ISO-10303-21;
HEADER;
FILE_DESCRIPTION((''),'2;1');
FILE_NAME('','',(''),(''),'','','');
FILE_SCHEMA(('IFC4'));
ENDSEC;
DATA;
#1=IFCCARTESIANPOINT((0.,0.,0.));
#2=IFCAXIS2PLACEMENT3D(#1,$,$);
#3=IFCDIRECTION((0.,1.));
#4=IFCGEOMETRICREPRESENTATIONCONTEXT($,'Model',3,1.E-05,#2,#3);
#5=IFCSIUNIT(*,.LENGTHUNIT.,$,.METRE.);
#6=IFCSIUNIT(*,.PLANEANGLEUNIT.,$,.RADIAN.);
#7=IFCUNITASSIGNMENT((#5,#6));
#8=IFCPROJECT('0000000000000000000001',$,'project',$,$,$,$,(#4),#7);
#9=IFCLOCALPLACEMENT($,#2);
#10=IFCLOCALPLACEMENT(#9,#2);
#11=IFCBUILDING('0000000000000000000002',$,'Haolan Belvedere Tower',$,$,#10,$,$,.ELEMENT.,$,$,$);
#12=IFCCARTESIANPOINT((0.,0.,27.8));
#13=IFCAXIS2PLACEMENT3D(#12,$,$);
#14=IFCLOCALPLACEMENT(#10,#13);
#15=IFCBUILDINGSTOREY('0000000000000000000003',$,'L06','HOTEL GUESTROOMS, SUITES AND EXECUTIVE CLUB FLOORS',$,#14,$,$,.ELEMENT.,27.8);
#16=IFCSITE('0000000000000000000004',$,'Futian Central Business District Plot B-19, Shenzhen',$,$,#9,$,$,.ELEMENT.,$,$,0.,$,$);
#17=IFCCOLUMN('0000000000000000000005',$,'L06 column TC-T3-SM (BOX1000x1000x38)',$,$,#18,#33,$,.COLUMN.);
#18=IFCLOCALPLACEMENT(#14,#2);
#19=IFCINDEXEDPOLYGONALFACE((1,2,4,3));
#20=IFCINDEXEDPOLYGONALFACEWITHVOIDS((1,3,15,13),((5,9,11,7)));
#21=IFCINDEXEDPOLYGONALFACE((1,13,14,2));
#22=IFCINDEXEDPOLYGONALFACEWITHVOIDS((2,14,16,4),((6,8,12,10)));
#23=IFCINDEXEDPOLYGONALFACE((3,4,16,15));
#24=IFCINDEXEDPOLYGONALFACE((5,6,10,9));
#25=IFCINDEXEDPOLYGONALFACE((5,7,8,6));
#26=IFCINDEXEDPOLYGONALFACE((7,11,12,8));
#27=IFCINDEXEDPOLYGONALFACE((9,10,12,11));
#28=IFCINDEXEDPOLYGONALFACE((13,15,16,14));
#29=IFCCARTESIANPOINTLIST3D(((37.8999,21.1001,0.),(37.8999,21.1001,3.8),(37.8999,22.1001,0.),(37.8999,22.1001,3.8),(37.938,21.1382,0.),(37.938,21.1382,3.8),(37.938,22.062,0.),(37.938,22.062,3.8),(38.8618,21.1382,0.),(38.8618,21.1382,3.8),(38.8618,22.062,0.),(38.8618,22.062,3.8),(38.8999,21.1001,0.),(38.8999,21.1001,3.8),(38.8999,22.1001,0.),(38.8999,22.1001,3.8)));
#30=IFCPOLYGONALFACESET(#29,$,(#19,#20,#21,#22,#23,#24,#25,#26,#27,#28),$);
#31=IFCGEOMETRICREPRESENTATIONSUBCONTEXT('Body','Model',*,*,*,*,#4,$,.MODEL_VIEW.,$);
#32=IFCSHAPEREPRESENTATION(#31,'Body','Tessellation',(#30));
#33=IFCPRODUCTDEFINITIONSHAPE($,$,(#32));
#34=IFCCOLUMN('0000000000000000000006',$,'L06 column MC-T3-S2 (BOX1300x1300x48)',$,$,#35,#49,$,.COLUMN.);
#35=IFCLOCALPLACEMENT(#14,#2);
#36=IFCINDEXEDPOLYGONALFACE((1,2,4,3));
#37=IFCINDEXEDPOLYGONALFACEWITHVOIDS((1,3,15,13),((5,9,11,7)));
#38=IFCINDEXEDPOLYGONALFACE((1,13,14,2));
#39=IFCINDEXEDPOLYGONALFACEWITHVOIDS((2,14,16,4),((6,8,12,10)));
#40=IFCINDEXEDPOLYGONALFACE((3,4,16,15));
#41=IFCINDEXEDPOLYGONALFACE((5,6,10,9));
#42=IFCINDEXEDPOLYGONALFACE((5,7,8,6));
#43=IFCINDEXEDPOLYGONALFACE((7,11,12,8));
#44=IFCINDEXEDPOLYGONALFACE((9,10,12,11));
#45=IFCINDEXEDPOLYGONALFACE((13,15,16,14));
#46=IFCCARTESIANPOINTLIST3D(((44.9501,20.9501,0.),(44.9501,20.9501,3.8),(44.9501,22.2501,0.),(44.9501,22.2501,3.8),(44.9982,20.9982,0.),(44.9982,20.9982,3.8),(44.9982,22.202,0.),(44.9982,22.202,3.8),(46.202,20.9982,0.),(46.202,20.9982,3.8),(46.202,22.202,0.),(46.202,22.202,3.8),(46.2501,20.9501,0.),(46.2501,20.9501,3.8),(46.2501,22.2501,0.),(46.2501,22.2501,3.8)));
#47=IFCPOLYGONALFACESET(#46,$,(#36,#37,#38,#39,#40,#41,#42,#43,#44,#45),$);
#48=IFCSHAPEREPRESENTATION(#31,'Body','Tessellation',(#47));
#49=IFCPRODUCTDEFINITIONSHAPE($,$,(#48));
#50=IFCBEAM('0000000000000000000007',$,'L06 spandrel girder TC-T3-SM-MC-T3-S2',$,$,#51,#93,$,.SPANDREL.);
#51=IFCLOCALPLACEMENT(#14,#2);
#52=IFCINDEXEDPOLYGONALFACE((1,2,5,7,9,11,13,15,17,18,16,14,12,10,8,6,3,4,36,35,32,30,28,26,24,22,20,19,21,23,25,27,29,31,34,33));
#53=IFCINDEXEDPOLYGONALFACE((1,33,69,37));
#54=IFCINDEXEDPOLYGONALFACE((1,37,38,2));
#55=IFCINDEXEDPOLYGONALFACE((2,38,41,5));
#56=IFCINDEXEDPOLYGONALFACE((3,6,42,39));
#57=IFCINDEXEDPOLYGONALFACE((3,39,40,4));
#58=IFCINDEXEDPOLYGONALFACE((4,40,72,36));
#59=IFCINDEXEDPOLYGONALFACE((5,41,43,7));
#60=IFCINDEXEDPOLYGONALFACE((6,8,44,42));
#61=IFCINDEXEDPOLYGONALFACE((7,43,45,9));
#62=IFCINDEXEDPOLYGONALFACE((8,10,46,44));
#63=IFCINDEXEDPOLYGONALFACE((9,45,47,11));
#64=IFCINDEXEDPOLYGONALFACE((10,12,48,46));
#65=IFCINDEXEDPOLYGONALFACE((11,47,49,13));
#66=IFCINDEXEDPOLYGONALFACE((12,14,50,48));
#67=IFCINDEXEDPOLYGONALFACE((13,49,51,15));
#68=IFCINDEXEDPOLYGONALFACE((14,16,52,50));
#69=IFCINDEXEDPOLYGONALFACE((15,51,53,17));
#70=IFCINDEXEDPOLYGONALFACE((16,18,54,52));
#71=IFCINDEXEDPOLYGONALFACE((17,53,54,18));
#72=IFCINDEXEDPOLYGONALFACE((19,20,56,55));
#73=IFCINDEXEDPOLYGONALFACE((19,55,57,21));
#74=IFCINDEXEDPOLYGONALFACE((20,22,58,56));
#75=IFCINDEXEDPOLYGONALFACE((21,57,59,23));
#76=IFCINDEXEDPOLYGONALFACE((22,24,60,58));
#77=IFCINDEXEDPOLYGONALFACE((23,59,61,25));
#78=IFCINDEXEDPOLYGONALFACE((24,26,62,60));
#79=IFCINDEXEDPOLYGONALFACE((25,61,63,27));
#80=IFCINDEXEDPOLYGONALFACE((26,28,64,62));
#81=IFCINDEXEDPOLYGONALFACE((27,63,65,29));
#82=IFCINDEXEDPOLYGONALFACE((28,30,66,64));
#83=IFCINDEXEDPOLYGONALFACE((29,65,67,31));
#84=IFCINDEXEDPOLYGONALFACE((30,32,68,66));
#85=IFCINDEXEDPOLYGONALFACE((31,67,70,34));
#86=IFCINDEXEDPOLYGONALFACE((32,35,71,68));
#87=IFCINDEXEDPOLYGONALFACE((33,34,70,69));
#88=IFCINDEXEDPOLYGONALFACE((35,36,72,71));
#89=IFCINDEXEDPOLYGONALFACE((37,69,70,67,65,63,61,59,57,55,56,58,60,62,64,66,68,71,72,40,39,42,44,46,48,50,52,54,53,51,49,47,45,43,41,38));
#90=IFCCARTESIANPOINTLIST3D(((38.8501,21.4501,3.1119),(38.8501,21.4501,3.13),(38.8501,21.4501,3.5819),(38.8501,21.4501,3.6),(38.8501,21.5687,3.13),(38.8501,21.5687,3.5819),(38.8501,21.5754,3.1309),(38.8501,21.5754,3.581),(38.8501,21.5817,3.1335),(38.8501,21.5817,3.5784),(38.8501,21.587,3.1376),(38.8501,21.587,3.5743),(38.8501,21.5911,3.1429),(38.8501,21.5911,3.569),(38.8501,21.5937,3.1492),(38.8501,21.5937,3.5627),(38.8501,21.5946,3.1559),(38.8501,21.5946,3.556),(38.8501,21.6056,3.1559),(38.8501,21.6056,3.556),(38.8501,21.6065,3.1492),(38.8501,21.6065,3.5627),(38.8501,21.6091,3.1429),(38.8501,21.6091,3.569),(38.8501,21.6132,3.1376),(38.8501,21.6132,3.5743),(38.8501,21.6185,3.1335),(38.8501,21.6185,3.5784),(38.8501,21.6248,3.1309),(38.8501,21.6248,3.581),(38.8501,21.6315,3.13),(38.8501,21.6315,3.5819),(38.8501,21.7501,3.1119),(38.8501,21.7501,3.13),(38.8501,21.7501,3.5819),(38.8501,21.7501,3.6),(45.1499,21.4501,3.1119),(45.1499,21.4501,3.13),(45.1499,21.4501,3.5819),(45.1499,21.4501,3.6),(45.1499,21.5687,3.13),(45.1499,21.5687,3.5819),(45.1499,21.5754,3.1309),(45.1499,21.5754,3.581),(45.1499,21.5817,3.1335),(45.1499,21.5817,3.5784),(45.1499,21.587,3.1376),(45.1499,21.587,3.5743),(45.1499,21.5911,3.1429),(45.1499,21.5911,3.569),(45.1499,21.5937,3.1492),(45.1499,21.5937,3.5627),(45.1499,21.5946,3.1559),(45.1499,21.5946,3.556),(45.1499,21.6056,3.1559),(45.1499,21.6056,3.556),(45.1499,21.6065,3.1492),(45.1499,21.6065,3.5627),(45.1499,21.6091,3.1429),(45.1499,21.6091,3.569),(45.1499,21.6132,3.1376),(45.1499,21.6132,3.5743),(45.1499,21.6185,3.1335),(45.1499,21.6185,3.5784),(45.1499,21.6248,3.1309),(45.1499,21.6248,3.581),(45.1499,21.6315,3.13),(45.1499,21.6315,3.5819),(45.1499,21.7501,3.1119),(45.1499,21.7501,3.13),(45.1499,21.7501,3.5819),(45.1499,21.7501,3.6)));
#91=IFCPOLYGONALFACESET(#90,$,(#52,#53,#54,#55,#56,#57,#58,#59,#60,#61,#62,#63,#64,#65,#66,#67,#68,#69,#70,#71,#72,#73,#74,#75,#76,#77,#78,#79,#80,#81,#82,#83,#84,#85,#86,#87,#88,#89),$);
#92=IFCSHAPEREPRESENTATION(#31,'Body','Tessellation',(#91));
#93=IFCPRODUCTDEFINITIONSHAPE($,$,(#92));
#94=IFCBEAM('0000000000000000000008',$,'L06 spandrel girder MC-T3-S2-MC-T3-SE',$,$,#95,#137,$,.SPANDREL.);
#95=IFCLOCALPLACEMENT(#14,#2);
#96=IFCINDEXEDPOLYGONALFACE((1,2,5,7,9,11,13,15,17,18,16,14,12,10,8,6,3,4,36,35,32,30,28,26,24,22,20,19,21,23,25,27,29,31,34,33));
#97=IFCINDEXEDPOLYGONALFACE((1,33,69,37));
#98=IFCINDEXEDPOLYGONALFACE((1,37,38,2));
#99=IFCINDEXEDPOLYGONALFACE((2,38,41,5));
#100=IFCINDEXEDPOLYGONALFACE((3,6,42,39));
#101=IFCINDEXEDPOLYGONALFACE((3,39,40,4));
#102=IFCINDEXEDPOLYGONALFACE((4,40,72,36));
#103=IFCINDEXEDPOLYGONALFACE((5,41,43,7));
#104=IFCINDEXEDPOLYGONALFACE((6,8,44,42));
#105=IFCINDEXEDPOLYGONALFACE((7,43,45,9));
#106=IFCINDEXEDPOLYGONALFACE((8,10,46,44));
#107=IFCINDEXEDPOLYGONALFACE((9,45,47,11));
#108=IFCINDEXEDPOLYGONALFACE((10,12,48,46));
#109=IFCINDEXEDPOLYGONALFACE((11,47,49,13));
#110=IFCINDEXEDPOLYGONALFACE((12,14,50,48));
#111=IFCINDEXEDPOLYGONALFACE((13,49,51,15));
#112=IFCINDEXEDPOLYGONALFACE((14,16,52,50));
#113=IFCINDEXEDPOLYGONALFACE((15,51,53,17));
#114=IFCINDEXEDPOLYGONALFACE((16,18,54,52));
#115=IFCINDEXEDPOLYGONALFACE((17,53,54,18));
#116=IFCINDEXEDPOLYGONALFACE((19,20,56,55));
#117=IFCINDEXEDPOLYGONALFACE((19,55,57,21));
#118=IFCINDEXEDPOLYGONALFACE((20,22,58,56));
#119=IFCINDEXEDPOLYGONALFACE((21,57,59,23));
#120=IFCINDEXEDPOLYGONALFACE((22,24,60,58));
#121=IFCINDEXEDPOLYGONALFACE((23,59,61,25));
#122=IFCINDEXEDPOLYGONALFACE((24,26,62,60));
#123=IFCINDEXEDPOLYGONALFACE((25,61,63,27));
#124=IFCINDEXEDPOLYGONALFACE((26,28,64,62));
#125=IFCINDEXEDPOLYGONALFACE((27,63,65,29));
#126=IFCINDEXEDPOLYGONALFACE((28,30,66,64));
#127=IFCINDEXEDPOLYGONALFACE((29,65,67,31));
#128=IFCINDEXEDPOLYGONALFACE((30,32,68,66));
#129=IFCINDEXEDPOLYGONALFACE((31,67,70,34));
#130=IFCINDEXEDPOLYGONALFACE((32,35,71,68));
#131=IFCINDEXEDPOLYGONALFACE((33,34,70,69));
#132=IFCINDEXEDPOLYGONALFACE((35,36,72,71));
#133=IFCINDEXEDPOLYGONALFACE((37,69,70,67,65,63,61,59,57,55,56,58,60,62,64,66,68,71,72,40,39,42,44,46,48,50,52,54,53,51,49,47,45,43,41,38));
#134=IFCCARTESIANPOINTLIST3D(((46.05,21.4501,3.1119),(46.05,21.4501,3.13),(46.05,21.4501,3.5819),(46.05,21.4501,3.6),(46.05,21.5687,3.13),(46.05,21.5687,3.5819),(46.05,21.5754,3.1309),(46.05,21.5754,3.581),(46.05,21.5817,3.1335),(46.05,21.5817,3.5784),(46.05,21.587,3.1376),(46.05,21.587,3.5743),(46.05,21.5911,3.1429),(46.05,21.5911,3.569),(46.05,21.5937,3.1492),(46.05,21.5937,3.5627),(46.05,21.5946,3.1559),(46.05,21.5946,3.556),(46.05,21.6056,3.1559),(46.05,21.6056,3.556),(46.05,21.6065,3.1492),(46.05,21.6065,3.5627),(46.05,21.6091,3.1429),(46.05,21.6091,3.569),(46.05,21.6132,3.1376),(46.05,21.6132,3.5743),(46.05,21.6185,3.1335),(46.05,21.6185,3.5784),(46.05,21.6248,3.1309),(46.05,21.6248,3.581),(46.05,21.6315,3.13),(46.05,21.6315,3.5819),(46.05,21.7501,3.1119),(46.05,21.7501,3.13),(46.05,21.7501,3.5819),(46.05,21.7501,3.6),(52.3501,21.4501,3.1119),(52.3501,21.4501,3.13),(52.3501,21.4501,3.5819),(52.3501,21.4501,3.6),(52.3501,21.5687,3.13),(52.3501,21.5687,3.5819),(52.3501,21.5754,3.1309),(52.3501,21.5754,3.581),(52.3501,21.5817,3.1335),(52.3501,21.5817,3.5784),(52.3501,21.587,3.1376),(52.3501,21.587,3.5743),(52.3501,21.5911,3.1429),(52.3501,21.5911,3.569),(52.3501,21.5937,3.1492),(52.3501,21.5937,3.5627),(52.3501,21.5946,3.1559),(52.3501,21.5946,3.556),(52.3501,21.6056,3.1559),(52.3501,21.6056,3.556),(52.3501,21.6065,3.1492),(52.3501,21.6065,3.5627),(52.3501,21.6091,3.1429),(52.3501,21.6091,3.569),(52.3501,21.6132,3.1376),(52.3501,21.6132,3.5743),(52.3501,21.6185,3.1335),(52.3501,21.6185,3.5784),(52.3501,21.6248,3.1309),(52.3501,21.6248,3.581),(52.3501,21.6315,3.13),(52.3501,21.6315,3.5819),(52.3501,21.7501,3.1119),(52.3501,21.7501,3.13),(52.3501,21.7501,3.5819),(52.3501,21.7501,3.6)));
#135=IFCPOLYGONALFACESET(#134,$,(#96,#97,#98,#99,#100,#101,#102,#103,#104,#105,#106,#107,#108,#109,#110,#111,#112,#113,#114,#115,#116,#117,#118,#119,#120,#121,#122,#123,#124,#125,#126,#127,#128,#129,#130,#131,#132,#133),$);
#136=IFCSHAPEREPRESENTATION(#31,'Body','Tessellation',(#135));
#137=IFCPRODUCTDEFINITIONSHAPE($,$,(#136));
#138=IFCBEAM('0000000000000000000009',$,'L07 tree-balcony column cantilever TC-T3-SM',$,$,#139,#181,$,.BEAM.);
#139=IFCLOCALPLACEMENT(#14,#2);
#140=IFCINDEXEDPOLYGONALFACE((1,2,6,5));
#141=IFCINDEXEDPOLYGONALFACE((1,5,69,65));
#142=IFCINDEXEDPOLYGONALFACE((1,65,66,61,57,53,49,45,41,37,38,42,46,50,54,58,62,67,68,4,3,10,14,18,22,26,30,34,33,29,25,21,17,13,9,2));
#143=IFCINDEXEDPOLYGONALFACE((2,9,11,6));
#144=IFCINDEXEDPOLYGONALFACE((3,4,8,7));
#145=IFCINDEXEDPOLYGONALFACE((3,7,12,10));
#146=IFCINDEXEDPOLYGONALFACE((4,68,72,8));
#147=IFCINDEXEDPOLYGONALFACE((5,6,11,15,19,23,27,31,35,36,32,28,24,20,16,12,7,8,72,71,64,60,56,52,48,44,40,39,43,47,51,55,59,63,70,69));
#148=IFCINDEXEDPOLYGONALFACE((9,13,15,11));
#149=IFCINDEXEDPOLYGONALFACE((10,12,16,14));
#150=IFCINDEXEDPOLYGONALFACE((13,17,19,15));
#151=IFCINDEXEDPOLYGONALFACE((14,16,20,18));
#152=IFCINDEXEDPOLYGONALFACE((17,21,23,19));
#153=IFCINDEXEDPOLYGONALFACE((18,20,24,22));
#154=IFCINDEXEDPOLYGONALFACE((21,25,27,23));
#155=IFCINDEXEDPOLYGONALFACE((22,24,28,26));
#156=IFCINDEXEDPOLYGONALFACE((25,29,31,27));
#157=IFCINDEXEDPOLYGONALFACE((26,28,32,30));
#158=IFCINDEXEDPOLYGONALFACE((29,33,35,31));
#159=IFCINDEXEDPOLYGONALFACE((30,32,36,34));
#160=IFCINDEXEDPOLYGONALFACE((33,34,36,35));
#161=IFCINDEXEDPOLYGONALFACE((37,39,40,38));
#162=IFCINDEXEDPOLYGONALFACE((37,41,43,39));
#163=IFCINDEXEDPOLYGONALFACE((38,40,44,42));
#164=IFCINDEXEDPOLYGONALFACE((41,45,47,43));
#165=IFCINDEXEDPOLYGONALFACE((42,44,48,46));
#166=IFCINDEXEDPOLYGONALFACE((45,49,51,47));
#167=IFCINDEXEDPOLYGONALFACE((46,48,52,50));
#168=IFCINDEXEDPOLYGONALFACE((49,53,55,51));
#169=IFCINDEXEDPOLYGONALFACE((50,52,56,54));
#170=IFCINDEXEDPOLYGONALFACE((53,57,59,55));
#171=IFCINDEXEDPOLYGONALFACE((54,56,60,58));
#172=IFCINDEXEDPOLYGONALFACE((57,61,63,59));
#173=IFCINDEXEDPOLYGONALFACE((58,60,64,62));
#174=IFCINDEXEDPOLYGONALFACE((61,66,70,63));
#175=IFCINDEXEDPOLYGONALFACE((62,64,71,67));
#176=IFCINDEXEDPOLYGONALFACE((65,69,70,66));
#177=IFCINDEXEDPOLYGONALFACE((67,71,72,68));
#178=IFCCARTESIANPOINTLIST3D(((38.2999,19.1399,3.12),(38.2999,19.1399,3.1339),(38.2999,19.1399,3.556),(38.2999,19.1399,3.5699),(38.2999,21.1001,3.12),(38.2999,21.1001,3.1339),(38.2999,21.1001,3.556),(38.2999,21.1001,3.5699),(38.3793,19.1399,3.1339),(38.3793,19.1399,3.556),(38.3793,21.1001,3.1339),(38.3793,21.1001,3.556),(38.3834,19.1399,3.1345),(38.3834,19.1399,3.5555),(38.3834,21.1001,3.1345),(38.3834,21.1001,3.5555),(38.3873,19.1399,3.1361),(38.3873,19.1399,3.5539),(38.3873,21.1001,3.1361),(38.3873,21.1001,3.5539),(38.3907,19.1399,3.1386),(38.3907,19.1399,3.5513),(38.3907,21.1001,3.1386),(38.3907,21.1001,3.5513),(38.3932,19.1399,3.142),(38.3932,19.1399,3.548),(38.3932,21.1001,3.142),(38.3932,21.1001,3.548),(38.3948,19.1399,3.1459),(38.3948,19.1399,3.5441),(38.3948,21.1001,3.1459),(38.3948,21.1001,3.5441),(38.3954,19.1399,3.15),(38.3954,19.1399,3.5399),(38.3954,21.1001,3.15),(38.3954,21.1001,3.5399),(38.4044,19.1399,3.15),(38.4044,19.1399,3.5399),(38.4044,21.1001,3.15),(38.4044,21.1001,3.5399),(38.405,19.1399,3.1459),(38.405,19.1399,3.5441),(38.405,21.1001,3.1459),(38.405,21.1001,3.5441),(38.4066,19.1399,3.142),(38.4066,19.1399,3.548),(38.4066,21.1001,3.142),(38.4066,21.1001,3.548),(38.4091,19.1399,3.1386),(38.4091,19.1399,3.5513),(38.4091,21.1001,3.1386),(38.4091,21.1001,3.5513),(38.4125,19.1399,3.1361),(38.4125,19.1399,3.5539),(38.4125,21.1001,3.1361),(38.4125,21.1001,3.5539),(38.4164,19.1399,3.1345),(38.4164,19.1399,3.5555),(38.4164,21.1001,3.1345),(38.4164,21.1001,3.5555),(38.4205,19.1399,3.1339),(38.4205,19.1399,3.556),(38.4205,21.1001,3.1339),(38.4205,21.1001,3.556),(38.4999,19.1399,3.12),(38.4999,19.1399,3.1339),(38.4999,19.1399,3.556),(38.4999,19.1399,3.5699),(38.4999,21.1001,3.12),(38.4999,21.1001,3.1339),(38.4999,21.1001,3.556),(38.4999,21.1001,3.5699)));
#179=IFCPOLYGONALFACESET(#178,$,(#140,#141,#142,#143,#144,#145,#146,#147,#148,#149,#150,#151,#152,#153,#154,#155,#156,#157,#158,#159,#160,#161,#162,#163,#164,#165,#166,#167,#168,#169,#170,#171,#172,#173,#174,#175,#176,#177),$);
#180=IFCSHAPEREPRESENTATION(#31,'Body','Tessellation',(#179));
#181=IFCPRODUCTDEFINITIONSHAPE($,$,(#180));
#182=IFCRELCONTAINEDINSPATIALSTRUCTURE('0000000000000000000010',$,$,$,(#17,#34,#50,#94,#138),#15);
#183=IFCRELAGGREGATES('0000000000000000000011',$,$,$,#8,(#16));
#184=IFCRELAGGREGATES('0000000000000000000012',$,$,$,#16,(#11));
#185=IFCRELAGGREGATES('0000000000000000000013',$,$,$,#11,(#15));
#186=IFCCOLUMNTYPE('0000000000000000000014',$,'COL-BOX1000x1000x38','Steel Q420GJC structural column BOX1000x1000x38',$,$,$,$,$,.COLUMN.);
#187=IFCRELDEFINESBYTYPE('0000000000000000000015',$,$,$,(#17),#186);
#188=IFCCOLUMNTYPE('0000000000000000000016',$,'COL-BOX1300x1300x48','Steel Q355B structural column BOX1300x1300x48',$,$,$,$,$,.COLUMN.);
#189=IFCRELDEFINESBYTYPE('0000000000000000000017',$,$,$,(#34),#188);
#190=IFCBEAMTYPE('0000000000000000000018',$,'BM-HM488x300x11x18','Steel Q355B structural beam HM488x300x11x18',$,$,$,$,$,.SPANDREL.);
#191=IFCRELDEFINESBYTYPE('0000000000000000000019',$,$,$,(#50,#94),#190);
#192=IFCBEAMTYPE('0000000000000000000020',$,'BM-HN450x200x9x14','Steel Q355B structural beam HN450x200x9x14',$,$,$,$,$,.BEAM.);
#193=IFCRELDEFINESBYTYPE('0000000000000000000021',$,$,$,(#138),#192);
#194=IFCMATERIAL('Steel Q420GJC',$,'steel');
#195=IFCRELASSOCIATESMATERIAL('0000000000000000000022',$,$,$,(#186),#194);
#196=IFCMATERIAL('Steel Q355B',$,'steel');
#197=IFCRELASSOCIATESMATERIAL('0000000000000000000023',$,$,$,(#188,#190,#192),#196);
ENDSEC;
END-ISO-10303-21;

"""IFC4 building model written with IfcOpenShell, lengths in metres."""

from ifc_helpers import new_model, si_unit, direction, frame, origin, origin_2d, place, context, subcontext, project, spatial, hollow_rectangle, i_section, extrude, material, material_profile, profile_set, type_object, element, save


model = new_model("IFC4")

# Units and contexts
model_context = context("Model", 3, precision=1e-05, world=origin(), true_north=direction((0.0, 1.0)))
body_context = subcontext(model_context, "Body", "Model", "MODEL_VIEW")
ifc_project = project(units=[si_unit("LENGTHUNIT", "METRE"), si_unit("PLANEANGLEUNIT", "RADIAN")], contexts=[model_context])

# Site, building, storey
site_placement = place(None, origin())
site = spatial("IfcSite", under=ifc_project, at=site_placement, Name="Futian Central Business District Plot B-19, Shenzhen", CompositionType="ELEMENT", RefElevation=0.0)
building_placement = place(site_placement, origin())
building = spatial("IfcBuilding", under=site, at=building_placement, Name="Haolan Belvedere Tower", CompositionType="ELEMENT")
storey_placement = place(building_placement, frame((0.0, 0.0, 27.8)))
storey = spatial("IfcBuildingStorey", under=building, at=storey_placement, Name="L06", Description="HOTEL GUESTROOMS, SUITES AND EXECUTIVE CLUB FLOORS", CompositionType="ELEMENT", Elevation=27.8)

# Columns
ifc_material_1 = material(Name="Steel Q420GJC", Category="steel")
ifc_material_profile_1 = material_profile(ifc_material_1, hollow_rectangle(XDim=1.0, YDim=1.0, WallThickness=0.0381, at=origin_2d()), Name="Steel Q420GJC")
ifc_profile_set_1 = profile_set([ifc_material_profile_1], Name="Steel Q420GJC")
column_type_1 = type_object("IfcColumnType", Name="COL-BOX1000x1000x38", Description="Steel Q420GJC structural column BOX1000x1000x38", PredefinedType="COLUMN", material=ifc_profile_set_1)
column_1_placement = place(storey_placement, frame((38.3999, 21.6001, 0.0), z_axis=(0.0, 0.0, 1.0), x_axis=(1.0, 0.0, 0.0)))
element("IfcColumn", 1, at=column_1_placement, inside=storey, type_object=column_type_1, Name="L06 column TC-T3-SM (BOX1000x1000x38)", PredefinedType="COLUMN", context=body_context, shape_type="SweptSolid", body=[
    extrude(hollow_rectangle(XDim=1.0, YDim=1.0, WallThickness=0.0381, at=origin_2d()), origin(), (0.0, 0.0, 1.0), 3.8),
])
ifc_material_2 = material(Name="Steel Q355B", Category="steel")
ifc_material_profile_2 = material_profile(ifc_material_2, hollow_rectangle(XDim=1.3, YDim=1.3, WallThickness=0.0481, at=origin_2d()), Name="Steel Q355B")
ifc_profile_set_2 = profile_set([ifc_material_profile_2], Name="Steel Q355B")
column_type_2 = type_object("IfcColumnType", Name="COL-BOX1300x1300x48", Description="Steel Q355B structural column BOX1300x1300x48", PredefinedType="COLUMN", material=ifc_profile_set_2)
column_2_placement = place(storey_placement, frame((45.6001, 21.6001, 0.0), z_axis=(0.0, 0.0, 1.0), x_axis=(1.0, 0.0, 0.0)))
element("IfcColumn", 2, at=column_2_placement, inside=storey, type_object=column_type_2, Name="L06 column MC-T3-S2 (BOX1300x1300x48)", PredefinedType="COLUMN", context=body_context, shape_type="SweptSolid", body=[
    extrude(hollow_rectangle(XDim=1.3, YDim=1.3, WallThickness=0.0481, at=origin_2d()), origin(), (0.0, 0.0, 1.0), 3.8),
])

# Beams
ifc_material_profile_3 = material_profile(ifc_material_2, i_section(OverallWidth=0.3, OverallDepth=0.488, WebThickness=0.011, FlangeThickness=0.0181, FilletRadius=0.0259, at=origin_2d()), Name="Steel Q355B")
ifc_profile_set_3 = profile_set([ifc_material_profile_3], Name="Steel Q355B")
beam_type_1 = type_object("IfcBeamType", Name="BM-HM488x300x11x18", Description="Steel Q355B structural beam HM488x300x11x18", PredefinedType="SPANDREL", material=ifc_profile_set_3)
beam_1_placement = place(storey_placement, frame((38.8501, 21.6001, 3.356), z_axis=(1.0, 0.0, 0.0), x_axis=(0.0, 1.0, 0.0)))
element("IfcBeam", 3, at=beam_1_placement, inside=storey, type_object=beam_type_1, Name="L06 spandrel girder TC-T3-SM-MC-T3-S2", PredefinedType="SPANDREL", context=body_context, shape_type="SweptSolid", body=[
    extrude(i_section(OverallWidth=0.3, OverallDepth=0.488, WebThickness=0.011, FlangeThickness=0.0181, FilletRadius=0.0259, at=origin_2d()), origin(), (0.0, 0.0, 1.0), 6.2998),
])
beam_2_placement = place(storey_placement, frame((46.05, 21.6001, 3.356), z_axis=(1.0, 0.0, 0.0), x_axis=(0.0, 1.0, 0.0)))
element("IfcBeam", 4, at=beam_2_placement, inside=storey, type_object=beam_type_1, Name="L06 spandrel girder MC-T3-S2-MC-T3-SE", PredefinedType="SPANDREL", context=body_context, shape_type="SweptSolid", body=[
    extrude(i_section(OverallWidth=0.3, OverallDepth=0.488, WebThickness=0.011, FlangeThickness=0.0181, FilletRadius=0.0259, at=origin_2d()), origin(), (0.0, 0.0, 1.0), 6.3),
])
ifc_material_profile_4 = material_profile(ifc_material_2, i_section(OverallWidth=0.2, OverallDepth=0.45, WebThickness=0.009, FlangeThickness=0.0139, FilletRadius=0.0161, at=origin_2d()), Name="Steel Q355B")
ifc_profile_set_4 = profile_set([ifc_material_profile_4], Name="Steel Q355B")
beam_type_2 = type_object("IfcBeamType", Name="BM-HN450x200x9x14", Description="Steel Q355B structural beam HN450x200x9x14", PredefinedType="BEAM", material=ifc_profile_set_4)
beam_3_placement = place(storey_placement, frame((38.3999, 21.1001, 3.345), z_axis=(0.0, -1.0, 0.0), x_axis=(1.0, 0.0, 0.0)))
element("IfcBeam", 5, at=beam_3_placement, inside=storey, type_object=beam_type_2, Name="L07 tree-balcony column cantilever TC-T3-SM", PredefinedType="BEAM", context=body_context, shape_type="SweptSolid", body=[
    extrude(i_section(OverallWidth=0.2, OverallDepth=0.45, WebThickness=0.009, FlangeThickness=0.0139, FilletRadius=0.0161, at=origin_2d()), origin(), (0.0, 0.0, 1.0), 1.9602),
])

save(model, "model.ifc")
